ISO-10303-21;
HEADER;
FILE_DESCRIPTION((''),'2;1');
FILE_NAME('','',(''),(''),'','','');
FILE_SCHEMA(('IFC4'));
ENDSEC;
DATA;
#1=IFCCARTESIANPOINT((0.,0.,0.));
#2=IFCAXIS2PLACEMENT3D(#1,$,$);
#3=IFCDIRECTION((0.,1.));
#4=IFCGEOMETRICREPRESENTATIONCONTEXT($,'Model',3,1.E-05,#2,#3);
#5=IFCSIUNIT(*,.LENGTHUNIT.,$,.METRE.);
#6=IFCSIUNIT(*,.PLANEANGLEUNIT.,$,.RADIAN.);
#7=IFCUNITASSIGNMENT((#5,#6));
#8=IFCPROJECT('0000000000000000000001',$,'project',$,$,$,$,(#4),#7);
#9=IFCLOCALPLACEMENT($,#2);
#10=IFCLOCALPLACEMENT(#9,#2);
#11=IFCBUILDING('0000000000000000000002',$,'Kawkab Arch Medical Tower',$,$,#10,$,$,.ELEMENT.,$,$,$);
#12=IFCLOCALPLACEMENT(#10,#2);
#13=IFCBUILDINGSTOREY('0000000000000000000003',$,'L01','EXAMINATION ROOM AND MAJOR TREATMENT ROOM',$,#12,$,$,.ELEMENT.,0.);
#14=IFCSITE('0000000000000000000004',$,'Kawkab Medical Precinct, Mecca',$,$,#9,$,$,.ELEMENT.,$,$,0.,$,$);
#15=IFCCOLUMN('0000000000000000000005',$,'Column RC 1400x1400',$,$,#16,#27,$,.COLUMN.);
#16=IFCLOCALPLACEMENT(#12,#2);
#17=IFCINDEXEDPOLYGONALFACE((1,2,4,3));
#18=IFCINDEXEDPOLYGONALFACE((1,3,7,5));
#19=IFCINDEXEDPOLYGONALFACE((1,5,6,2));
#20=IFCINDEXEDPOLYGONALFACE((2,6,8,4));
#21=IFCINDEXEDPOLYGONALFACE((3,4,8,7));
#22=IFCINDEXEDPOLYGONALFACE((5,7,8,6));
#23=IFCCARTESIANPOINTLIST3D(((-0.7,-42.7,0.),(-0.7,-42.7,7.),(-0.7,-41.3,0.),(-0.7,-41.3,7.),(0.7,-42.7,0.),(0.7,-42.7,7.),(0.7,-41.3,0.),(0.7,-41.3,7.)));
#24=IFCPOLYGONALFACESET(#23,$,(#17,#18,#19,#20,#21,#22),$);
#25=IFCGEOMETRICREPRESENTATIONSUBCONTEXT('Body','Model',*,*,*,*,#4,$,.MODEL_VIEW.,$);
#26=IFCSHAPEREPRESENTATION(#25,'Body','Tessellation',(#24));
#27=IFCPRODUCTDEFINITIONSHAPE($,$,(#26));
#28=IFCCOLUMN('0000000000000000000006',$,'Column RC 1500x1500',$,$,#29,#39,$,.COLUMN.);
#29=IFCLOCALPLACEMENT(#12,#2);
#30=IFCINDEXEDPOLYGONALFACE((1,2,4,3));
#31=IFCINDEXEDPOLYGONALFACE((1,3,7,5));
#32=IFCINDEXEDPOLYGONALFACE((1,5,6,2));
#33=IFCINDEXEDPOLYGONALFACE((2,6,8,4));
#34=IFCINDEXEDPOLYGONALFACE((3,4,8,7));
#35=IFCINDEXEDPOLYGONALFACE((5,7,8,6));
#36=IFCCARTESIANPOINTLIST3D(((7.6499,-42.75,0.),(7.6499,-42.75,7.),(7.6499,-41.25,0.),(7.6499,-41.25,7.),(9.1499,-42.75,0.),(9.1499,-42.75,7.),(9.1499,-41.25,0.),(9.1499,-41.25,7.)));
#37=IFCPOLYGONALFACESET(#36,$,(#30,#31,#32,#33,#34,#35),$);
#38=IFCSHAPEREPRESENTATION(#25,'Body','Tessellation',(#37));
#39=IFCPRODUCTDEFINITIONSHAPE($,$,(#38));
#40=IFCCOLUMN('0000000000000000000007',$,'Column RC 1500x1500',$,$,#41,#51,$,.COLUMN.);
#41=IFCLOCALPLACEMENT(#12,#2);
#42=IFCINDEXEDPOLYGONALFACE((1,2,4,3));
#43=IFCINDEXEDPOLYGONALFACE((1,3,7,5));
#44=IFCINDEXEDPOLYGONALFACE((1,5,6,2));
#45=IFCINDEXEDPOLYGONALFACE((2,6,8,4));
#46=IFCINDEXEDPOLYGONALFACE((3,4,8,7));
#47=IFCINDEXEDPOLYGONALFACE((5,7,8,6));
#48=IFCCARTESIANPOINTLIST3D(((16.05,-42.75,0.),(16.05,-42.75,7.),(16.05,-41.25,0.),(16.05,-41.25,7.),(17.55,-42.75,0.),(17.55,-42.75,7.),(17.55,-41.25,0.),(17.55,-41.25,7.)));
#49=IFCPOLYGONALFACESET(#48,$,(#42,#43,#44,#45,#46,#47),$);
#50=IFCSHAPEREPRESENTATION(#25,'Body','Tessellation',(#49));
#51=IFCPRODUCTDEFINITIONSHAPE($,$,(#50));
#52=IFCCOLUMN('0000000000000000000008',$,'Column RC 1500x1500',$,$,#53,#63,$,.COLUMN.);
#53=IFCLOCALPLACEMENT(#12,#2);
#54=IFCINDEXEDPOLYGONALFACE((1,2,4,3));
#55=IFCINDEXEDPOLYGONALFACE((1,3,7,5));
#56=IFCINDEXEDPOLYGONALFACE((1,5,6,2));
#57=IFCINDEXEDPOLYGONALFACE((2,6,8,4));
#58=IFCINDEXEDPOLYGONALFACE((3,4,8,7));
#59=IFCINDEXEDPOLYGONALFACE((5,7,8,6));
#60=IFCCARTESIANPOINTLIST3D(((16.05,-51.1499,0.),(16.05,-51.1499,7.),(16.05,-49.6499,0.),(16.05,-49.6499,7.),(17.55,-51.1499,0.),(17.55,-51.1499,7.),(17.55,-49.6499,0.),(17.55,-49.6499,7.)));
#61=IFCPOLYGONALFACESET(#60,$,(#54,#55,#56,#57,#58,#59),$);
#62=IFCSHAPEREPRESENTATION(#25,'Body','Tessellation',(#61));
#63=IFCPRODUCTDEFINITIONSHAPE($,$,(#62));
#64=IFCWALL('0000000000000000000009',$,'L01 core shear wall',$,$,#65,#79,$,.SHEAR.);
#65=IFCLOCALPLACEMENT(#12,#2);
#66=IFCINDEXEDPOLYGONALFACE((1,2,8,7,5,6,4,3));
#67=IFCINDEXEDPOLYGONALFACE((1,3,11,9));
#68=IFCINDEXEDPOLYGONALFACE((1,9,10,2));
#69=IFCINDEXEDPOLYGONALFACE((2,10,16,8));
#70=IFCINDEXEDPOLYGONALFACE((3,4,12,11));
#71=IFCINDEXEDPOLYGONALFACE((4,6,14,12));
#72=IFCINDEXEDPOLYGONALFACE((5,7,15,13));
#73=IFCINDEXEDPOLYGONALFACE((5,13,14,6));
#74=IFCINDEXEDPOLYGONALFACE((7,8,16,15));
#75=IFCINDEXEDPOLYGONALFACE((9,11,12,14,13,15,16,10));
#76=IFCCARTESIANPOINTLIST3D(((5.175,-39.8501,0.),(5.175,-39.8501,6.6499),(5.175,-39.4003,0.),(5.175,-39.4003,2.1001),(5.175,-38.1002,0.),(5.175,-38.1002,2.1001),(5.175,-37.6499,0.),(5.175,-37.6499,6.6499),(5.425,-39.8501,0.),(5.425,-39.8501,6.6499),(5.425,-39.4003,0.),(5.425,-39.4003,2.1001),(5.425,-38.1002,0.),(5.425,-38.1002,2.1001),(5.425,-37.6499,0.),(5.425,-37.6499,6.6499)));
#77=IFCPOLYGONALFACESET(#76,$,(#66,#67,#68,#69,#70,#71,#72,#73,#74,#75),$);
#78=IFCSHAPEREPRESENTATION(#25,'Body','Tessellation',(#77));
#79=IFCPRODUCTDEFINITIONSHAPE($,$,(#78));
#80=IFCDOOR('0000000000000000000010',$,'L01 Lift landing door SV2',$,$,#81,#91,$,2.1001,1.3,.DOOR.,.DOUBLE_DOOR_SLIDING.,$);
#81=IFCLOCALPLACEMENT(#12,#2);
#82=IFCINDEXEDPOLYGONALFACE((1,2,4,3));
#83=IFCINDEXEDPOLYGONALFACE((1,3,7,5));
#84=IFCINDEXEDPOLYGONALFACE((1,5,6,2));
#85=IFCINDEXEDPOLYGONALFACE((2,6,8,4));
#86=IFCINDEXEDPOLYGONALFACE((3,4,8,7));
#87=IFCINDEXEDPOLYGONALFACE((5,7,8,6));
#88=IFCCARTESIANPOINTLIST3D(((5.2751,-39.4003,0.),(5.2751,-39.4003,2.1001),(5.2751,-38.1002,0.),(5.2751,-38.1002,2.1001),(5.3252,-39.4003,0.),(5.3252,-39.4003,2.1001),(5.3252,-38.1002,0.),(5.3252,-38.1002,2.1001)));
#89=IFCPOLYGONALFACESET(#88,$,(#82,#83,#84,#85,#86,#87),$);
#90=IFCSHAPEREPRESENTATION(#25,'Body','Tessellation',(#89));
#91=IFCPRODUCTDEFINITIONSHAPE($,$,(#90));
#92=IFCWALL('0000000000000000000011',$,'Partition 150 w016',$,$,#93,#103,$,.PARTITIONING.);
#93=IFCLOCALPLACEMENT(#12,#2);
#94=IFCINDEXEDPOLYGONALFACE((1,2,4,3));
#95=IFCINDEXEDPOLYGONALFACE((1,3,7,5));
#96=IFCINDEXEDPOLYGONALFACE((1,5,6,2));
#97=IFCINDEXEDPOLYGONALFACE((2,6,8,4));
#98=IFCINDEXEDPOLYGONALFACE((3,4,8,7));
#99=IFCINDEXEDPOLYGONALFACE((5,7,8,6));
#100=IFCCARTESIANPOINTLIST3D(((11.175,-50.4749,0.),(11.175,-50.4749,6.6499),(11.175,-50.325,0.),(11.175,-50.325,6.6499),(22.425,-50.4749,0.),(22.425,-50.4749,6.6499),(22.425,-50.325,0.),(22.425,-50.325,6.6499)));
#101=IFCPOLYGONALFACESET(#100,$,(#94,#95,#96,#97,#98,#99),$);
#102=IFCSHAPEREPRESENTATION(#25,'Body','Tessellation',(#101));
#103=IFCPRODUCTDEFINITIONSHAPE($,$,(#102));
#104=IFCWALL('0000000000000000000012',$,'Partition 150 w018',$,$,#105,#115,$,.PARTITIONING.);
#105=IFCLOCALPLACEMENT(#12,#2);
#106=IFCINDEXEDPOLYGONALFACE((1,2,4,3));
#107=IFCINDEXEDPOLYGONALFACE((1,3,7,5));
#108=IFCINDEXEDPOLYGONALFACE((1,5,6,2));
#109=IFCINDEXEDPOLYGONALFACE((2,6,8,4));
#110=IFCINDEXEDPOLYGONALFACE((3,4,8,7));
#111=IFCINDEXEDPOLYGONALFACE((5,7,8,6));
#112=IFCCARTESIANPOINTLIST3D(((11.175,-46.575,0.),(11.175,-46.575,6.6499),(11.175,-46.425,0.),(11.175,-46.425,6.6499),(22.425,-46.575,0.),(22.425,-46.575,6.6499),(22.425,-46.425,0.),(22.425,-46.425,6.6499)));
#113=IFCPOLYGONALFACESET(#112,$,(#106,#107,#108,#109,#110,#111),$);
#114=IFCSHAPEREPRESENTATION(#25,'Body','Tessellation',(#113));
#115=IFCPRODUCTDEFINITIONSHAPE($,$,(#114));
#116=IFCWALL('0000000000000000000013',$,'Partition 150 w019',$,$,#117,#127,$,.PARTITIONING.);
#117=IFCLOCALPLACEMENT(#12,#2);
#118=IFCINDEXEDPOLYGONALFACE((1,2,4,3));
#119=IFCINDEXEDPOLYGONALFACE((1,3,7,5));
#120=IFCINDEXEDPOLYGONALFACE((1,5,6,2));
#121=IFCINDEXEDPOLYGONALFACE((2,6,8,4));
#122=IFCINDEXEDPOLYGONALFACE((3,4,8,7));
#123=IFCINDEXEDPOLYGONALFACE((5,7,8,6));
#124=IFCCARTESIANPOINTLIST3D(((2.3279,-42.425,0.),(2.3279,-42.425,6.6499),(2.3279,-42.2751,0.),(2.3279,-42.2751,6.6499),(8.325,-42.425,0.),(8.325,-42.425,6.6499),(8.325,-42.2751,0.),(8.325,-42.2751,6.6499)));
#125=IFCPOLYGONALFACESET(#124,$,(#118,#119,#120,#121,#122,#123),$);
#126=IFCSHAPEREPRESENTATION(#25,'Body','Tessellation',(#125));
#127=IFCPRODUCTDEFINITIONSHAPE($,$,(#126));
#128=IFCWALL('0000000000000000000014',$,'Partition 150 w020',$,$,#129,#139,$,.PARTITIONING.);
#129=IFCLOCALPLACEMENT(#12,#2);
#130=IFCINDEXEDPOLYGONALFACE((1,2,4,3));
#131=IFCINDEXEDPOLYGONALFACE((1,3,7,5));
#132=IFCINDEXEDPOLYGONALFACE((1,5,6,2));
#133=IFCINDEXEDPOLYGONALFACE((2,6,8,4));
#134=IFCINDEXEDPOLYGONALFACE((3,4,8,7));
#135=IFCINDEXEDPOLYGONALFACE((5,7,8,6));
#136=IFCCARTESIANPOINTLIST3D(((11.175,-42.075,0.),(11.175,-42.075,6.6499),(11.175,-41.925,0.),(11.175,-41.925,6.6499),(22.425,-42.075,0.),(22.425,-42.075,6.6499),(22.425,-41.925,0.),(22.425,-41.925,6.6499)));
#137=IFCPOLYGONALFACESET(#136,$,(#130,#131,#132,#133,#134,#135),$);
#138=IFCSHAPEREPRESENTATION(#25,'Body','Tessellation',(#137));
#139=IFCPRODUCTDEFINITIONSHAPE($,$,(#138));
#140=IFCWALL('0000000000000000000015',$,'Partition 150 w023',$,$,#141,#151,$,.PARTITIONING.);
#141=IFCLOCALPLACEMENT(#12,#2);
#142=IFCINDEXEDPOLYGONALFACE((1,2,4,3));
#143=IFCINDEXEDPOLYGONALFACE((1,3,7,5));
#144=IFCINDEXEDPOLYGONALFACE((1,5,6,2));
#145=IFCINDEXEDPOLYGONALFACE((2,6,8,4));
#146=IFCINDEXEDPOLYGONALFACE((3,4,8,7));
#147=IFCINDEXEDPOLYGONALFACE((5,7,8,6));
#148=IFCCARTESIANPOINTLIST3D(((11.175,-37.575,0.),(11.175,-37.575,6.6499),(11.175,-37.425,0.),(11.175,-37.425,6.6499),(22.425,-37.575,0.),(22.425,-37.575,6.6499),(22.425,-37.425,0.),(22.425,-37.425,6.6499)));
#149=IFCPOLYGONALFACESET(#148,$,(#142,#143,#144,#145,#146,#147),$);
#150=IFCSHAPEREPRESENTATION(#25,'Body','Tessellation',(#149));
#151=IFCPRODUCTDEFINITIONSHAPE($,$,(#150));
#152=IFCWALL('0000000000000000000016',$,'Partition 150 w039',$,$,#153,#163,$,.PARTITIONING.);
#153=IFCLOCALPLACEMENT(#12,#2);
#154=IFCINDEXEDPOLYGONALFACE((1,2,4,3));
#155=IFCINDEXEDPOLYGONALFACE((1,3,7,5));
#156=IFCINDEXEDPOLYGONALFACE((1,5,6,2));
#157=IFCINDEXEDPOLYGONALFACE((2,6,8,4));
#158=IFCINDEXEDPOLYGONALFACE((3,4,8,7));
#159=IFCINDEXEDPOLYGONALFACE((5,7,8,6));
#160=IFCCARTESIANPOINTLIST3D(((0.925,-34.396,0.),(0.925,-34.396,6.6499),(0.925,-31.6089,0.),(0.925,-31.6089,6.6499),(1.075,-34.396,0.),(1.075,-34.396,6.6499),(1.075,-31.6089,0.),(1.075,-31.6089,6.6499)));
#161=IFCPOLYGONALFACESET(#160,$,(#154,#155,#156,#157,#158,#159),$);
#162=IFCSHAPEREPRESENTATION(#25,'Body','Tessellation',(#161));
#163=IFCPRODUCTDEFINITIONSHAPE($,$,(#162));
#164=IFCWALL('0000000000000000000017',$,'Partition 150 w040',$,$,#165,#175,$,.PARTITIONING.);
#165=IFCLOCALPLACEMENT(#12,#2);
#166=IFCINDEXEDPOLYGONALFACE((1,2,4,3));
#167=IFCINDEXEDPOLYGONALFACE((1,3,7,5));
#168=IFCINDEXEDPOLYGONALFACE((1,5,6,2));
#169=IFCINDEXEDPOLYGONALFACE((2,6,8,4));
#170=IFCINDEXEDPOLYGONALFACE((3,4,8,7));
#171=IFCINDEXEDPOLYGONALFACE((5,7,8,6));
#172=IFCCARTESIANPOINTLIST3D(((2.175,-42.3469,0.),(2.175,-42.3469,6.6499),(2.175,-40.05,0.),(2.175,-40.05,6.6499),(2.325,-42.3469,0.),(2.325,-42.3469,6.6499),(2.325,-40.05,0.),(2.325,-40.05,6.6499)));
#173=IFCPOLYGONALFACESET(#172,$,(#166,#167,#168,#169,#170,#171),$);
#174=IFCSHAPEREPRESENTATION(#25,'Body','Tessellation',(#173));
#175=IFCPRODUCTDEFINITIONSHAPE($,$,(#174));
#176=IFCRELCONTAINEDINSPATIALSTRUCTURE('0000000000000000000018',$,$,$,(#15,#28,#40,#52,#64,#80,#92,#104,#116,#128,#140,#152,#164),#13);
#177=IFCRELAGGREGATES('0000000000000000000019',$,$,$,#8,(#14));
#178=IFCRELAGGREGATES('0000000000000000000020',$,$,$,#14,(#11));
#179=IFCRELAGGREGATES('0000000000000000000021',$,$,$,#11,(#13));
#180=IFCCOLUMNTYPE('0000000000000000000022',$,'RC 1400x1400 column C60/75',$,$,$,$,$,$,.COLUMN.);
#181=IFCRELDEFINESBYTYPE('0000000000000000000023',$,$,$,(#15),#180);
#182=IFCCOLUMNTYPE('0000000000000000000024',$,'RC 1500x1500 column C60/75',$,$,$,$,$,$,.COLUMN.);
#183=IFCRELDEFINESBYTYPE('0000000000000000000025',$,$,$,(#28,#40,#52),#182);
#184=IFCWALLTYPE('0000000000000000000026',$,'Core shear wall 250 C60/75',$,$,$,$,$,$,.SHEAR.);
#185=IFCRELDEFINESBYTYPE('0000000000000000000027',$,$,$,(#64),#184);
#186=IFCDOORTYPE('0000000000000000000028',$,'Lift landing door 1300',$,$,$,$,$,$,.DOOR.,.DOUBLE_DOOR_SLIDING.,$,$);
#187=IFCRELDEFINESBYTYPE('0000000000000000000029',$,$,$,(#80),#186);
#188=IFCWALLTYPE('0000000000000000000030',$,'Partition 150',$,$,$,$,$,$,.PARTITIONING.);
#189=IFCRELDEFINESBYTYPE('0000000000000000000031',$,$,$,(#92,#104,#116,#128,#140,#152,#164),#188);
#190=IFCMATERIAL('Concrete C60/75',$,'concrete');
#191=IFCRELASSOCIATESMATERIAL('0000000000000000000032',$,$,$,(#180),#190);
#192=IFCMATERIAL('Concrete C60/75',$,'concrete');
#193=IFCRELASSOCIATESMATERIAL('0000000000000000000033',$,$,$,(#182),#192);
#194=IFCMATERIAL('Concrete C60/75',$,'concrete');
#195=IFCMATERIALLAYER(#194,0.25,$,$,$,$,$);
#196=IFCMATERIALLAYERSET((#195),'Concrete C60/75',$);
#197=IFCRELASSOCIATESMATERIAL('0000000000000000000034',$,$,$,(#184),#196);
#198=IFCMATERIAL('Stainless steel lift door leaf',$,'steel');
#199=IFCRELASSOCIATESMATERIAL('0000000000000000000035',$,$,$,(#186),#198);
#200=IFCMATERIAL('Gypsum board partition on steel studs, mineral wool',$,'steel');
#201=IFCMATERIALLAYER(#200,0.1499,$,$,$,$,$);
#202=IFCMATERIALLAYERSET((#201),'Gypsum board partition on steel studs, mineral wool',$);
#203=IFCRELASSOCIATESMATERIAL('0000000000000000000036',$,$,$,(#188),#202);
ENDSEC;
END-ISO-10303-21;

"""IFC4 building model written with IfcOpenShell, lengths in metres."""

from ifc_helpers import new_model, si_unit, direction, frame, frame_2d, origin, origin_2d, place, context, subcontext, project, spatial, rectangle, extrude, material, layer, layer_set, material_profile, profile_set, type_object, element, fill, save


model = new_model("IFC4")

# Units and contexts
model_context = context("Model", 3, precision=1e-05, world=origin(), true_north=direction((0.0, 1.0)))
body_context = subcontext(model_context, "Body", "Model", "MODEL_VIEW")
ifc_project = project(units=[si_unit("LENGTHUNIT", "METRE"), si_unit("PLANEANGLEUNIT", "RADIAN")], contexts=[model_context])

# Site, building, storey
site_placement = place(None, origin())
site = spatial("IfcSite", under=ifc_project, at=site_placement, Name="Kawkab Medical Precinct, Mecca", CompositionType="ELEMENT", RefElevation=0.0)
building_placement = place(site_placement, origin())
building = spatial("IfcBuilding", under=site, at=building_placement, Name="Kawkab Arch Medical Tower", CompositionType="ELEMENT")
storey_placement = place(building_placement, origin())
storey = spatial("IfcBuildingStorey", under=building, at=storey_placement, Name="L01", Description="EXAMINATION ROOM AND MAJOR TREATMENT ROOM", CompositionType="ELEMENT", Elevation=0.0)

# Columns
ifc_material_1 = material(Name="Concrete C60/75", Category="concrete")
ifc_material_profile_1 = material_profile(ifc_material_1, rectangle(XDim=1.3999, YDim=1.3999, at=origin_2d()), Name="RC 1400x1400")
ifc_profile_set_1 = profile_set([ifc_material_profile_1], Name="Concrete C60/75")
column_type_1 = type_object("IfcColumnType", Name="RC 1400x1400 column C60/75", PredefinedType="COLUMN", material=ifc_profile_set_1)
column_placement = place(storey_placement, frame((0.0, -42.0, 0.0), z_axis=(0.0, 0.0, 1.0), x_axis=(1.0, 0.0, 0.0)))
element("IfcColumn", 1, at=column_placement, inside=storey, type_object=column_type_1, Name="Column RC 1400x1400", PredefinedType="COLUMN", context=body_context, shape_type="SweptSolid", body=[
    extrude(rectangle(XDim=1.3999, YDim=1.3999, at=origin_2d()), origin(), (0.0, 0.0, 1.0), 7.0),
])
ifc_material_2 = material(Name="Concrete C60/75", Category="concrete")
ifc_material_profile_2 = material_profile(ifc_material_2, rectangle(XDim=1.5, YDim=1.5, at=origin_2d()), Name="RC 1500x1500")
ifc_profile_set_2 = profile_set([ifc_material_profile_2], Name="Concrete C60/75")
column_type_2 = type_object("IfcColumnType", Name="RC 1500x1500 column C60/75", PredefinedType="COLUMN", material=ifc_profile_set_2)
for number, where, z_axis, x_axis, name in (
    (2, (8.3999, -42.0, 0.0), (0.0, 0.0, 1.0), (1.0, 0.0, 0.0), "Column RC 1500x1500"),
    (3, (16.8, -42.0, 0.0), (0.0, 0.0, 1.0), (1.0, 0.0, 0.0), "Column RC 1500x1500"),
    (4, (16.8, -50.3999, 0.0), (0.0, 0.0, 1.0), (1.0, 0.0, 0.0), "Column RC 1500x1500"),
):
    element("IfcColumn", number, at=place(storey_placement, frame(where, z_axis=z_axis, x_axis=x_axis)), inside=storey, type_object=column_type_2, Name=name, PredefinedType="COLUMN", context=body_context, shape_type="SweptSolid", body=[
        extrude(rectangle(XDim=1.5, YDim=1.5, at=origin_2d()), origin(), (0.0, 0.0, 1.0), 7.0),
    ])

# Wall, opening, door
ifc_material_3 = material(Name="Concrete C60/75", Category="concrete")
ifc_layer_1 = layer(ifc_material_3, 0.25)
ifc_layer_set_1 = layer_set([ifc_layer_1], Name="Concrete C60/75")
wall_type_1 = type_object("IfcWallType", Name="Core shear wall 250 C60/75", PredefinedType="SHEAR", material=ifc_layer_set_1)
wall_1_placement = place(storey_placement, frame((5.3, -39.8501, 0.0), z_axis=(0.0, 0.0, 1.0), x_axis=(0.0, 1.0, 0.0)))
wall_1 = element("IfcWall", 5, at=wall_1_placement, inside=storey, type_object=wall_type_1, Name="L01 core shear wall", PredefinedType="SHEAR", context=body_context, shape_type="SweptSolid", body=[
    extrude(rectangle(XDim=2.2002, YDim=0.25, at=frame_2d((1.1001, 0.0))), origin(), (0.0, 0.0, 1.0), 6.6499),
])
opening_1_placement = place(wall_1_placement, frame((0.45, 0.0, 0.0)))
opening_1 = element("IfcOpeningElement", 6, at=opening_1_placement, cuts=wall_1, PredefinedType="OPENING", context=body_context, shape_type="SweptSolid", body=[
    extrude(rectangle(XDim=1.3, YDim=2.1001, at=frame_2d((0.6499, 1.05))), frame((0.0, 0.135, 0.0), z_axis=(0.0, -1.0, 0.0), x_axis=(1.0, 0.0, 0.0)), (0.0, 0.0, 1.0), 0.27),
])
ifc_material_4 = material(Name="Stainless steel lift door leaf", Category="steel")
door_type_1 = type_object("IfcDoorType", Name="Lift landing door 1300", OperationType="DOUBLE_DOOR_SLIDING", PredefinedType="DOOR", material=ifc_material_4)
door_1_placement = place(opening_1_placement, origin())
door_1 = element("IfcDoor", 7, at=door_1_placement, inside=storey, type_object=door_type_1, Name="L01 Lift landing door SV2", OperationType="DOUBLE_DOOR_SLIDING", OverallHeight=2.1001, OverallWidth=1.3, PredefinedType="DOOR", context=body_context, shape_type="SweptSolid", body=[
    extrude(rectangle(XDim=1.3, YDim=2.1001, at=frame_2d((0.6499, 1.05))), frame((0.0, 0.0249, 0.0), z_axis=(0.0, -1.0, 0.0), x_axis=(1.0, 0.0, 0.0)), (0.0, 0.0, 1.0), 0.05),
])
fill(opening_1, door_1)

# Walls
ifc_material_5 = material(Name="Gypsum board partition on steel studs, mineral wool", Category="steel")
ifc_layer_2 = layer(ifc_material_5, 0.1499)
ifc_layer_set_2 = layer_set([ifc_layer_2], Name="Gypsum board partition on steel studs, mineral wool")
wall_type_2 = type_object("IfcWallType", Name="Partition 150", PredefinedType="PARTITIONING", material=ifc_layer_set_2)
for number, where, z_axis, x_axis, name in (
    (8, (11.175, -50.3999, 0.0), (0.0, 0.0, 1.0), (1.0, 0.0, 0.0), "Partition 150 w016"),
    (9, (11.175, -46.5, 0.0), (0.0, 0.0, 1.0), (1.0, 0.0, 0.0), "Partition 150 w018"),
):
    element("IfcWall", number, at=place(storey_placement, frame(where, z_axis=z_axis, x_axis=x_axis)), inside=storey, type_object=wall_type_2, Name=name, PredefinedType="PARTITIONING", context=body_context, shape_type="SweptSolid", body=[
        extrude(rectangle(XDim=11.25, YDim=0.1499, at=frame_2d((5.625, 0.0))), origin(), (0.0, 0.0, 1.0), 6.6499),
    ])
wall_2_placement = place(storey_placement, frame((2.3279, -42.3501, 0.0), z_axis=(0.0, 0.0, 1.0), x_axis=(1.0, 0.0, 0.0)))
element("IfcWall", 10, at=wall_2_placement, inside=storey, type_object=wall_type_2, Name="Partition 150 w019", PredefinedType="PARTITIONING", context=body_context, shape_type="SweptSolid", body=[
    extrude(rectangle(XDim=5.9971, YDim=0.1499, at=frame_2d((2.9985, 0.0))), origin(), (0.0, 0.0, 1.0), 6.6499),
])
for number, where, z_axis, x_axis, name in (
    (11, (11.175, -42.0, 0.0), (0.0, 0.0, 1.0), (1.0, 0.0, 0.0), "Partition 150 w020"),
    (12, (11.175, -37.5, 0.0), (0.0, 0.0, 1.0), (1.0, 0.0, 0.0), "Partition 150 w023"),
):
    element("IfcWall", number, at=place(storey_placement, frame(where, z_axis=z_axis, x_axis=x_axis)), inside=storey, type_object=wall_type_2, Name=name, PredefinedType="PARTITIONING", context=body_context, shape_type="SweptSolid", body=[
        extrude(rectangle(XDim=11.25, YDim=0.1499, at=frame_2d((5.625, 0.0))), origin(), (0.0, 0.0, 1.0), 6.6499),
    ])
wall_3_placement = place(storey_placement, frame((1.0, -34.396, 0.0), z_axis=(0.0, 0.0, 1.0), x_axis=(0.0, 1.0, 0.0)))
element("IfcWall", 13, at=wall_3_placement, inside=storey, type_object=wall_type_2, Name="Partition 150 w039", PredefinedType="PARTITIONING", context=body_context, shape_type="SweptSolid", body=[
    extrude(rectangle(XDim=2.7871, YDim=0.1499, at=frame_2d((1.3936, 0.0))), origin(), (0.0, 0.0, 1.0), 6.6499),
])
wall_4_placement = place(storey_placement, frame((2.25, -42.3469, 0.0), z_axis=(0.0, 0.0, 1.0), x_axis=(0.0, 1.0, 0.0)))
element("IfcWall", 14, at=wall_4_placement, inside=storey, type_object=wall_type_2, Name="Partition 150 w040", PredefinedType="PARTITIONING", context=body_context, shape_type="SweptSolid", body=[
    extrude(rectangle(XDim=2.2969, YDim=0.1499, at=frame_2d((1.1484, 0.0))), origin(), (0.0, 0.0, 1.0), 6.6499),
])

save(model, "model.ifc")
